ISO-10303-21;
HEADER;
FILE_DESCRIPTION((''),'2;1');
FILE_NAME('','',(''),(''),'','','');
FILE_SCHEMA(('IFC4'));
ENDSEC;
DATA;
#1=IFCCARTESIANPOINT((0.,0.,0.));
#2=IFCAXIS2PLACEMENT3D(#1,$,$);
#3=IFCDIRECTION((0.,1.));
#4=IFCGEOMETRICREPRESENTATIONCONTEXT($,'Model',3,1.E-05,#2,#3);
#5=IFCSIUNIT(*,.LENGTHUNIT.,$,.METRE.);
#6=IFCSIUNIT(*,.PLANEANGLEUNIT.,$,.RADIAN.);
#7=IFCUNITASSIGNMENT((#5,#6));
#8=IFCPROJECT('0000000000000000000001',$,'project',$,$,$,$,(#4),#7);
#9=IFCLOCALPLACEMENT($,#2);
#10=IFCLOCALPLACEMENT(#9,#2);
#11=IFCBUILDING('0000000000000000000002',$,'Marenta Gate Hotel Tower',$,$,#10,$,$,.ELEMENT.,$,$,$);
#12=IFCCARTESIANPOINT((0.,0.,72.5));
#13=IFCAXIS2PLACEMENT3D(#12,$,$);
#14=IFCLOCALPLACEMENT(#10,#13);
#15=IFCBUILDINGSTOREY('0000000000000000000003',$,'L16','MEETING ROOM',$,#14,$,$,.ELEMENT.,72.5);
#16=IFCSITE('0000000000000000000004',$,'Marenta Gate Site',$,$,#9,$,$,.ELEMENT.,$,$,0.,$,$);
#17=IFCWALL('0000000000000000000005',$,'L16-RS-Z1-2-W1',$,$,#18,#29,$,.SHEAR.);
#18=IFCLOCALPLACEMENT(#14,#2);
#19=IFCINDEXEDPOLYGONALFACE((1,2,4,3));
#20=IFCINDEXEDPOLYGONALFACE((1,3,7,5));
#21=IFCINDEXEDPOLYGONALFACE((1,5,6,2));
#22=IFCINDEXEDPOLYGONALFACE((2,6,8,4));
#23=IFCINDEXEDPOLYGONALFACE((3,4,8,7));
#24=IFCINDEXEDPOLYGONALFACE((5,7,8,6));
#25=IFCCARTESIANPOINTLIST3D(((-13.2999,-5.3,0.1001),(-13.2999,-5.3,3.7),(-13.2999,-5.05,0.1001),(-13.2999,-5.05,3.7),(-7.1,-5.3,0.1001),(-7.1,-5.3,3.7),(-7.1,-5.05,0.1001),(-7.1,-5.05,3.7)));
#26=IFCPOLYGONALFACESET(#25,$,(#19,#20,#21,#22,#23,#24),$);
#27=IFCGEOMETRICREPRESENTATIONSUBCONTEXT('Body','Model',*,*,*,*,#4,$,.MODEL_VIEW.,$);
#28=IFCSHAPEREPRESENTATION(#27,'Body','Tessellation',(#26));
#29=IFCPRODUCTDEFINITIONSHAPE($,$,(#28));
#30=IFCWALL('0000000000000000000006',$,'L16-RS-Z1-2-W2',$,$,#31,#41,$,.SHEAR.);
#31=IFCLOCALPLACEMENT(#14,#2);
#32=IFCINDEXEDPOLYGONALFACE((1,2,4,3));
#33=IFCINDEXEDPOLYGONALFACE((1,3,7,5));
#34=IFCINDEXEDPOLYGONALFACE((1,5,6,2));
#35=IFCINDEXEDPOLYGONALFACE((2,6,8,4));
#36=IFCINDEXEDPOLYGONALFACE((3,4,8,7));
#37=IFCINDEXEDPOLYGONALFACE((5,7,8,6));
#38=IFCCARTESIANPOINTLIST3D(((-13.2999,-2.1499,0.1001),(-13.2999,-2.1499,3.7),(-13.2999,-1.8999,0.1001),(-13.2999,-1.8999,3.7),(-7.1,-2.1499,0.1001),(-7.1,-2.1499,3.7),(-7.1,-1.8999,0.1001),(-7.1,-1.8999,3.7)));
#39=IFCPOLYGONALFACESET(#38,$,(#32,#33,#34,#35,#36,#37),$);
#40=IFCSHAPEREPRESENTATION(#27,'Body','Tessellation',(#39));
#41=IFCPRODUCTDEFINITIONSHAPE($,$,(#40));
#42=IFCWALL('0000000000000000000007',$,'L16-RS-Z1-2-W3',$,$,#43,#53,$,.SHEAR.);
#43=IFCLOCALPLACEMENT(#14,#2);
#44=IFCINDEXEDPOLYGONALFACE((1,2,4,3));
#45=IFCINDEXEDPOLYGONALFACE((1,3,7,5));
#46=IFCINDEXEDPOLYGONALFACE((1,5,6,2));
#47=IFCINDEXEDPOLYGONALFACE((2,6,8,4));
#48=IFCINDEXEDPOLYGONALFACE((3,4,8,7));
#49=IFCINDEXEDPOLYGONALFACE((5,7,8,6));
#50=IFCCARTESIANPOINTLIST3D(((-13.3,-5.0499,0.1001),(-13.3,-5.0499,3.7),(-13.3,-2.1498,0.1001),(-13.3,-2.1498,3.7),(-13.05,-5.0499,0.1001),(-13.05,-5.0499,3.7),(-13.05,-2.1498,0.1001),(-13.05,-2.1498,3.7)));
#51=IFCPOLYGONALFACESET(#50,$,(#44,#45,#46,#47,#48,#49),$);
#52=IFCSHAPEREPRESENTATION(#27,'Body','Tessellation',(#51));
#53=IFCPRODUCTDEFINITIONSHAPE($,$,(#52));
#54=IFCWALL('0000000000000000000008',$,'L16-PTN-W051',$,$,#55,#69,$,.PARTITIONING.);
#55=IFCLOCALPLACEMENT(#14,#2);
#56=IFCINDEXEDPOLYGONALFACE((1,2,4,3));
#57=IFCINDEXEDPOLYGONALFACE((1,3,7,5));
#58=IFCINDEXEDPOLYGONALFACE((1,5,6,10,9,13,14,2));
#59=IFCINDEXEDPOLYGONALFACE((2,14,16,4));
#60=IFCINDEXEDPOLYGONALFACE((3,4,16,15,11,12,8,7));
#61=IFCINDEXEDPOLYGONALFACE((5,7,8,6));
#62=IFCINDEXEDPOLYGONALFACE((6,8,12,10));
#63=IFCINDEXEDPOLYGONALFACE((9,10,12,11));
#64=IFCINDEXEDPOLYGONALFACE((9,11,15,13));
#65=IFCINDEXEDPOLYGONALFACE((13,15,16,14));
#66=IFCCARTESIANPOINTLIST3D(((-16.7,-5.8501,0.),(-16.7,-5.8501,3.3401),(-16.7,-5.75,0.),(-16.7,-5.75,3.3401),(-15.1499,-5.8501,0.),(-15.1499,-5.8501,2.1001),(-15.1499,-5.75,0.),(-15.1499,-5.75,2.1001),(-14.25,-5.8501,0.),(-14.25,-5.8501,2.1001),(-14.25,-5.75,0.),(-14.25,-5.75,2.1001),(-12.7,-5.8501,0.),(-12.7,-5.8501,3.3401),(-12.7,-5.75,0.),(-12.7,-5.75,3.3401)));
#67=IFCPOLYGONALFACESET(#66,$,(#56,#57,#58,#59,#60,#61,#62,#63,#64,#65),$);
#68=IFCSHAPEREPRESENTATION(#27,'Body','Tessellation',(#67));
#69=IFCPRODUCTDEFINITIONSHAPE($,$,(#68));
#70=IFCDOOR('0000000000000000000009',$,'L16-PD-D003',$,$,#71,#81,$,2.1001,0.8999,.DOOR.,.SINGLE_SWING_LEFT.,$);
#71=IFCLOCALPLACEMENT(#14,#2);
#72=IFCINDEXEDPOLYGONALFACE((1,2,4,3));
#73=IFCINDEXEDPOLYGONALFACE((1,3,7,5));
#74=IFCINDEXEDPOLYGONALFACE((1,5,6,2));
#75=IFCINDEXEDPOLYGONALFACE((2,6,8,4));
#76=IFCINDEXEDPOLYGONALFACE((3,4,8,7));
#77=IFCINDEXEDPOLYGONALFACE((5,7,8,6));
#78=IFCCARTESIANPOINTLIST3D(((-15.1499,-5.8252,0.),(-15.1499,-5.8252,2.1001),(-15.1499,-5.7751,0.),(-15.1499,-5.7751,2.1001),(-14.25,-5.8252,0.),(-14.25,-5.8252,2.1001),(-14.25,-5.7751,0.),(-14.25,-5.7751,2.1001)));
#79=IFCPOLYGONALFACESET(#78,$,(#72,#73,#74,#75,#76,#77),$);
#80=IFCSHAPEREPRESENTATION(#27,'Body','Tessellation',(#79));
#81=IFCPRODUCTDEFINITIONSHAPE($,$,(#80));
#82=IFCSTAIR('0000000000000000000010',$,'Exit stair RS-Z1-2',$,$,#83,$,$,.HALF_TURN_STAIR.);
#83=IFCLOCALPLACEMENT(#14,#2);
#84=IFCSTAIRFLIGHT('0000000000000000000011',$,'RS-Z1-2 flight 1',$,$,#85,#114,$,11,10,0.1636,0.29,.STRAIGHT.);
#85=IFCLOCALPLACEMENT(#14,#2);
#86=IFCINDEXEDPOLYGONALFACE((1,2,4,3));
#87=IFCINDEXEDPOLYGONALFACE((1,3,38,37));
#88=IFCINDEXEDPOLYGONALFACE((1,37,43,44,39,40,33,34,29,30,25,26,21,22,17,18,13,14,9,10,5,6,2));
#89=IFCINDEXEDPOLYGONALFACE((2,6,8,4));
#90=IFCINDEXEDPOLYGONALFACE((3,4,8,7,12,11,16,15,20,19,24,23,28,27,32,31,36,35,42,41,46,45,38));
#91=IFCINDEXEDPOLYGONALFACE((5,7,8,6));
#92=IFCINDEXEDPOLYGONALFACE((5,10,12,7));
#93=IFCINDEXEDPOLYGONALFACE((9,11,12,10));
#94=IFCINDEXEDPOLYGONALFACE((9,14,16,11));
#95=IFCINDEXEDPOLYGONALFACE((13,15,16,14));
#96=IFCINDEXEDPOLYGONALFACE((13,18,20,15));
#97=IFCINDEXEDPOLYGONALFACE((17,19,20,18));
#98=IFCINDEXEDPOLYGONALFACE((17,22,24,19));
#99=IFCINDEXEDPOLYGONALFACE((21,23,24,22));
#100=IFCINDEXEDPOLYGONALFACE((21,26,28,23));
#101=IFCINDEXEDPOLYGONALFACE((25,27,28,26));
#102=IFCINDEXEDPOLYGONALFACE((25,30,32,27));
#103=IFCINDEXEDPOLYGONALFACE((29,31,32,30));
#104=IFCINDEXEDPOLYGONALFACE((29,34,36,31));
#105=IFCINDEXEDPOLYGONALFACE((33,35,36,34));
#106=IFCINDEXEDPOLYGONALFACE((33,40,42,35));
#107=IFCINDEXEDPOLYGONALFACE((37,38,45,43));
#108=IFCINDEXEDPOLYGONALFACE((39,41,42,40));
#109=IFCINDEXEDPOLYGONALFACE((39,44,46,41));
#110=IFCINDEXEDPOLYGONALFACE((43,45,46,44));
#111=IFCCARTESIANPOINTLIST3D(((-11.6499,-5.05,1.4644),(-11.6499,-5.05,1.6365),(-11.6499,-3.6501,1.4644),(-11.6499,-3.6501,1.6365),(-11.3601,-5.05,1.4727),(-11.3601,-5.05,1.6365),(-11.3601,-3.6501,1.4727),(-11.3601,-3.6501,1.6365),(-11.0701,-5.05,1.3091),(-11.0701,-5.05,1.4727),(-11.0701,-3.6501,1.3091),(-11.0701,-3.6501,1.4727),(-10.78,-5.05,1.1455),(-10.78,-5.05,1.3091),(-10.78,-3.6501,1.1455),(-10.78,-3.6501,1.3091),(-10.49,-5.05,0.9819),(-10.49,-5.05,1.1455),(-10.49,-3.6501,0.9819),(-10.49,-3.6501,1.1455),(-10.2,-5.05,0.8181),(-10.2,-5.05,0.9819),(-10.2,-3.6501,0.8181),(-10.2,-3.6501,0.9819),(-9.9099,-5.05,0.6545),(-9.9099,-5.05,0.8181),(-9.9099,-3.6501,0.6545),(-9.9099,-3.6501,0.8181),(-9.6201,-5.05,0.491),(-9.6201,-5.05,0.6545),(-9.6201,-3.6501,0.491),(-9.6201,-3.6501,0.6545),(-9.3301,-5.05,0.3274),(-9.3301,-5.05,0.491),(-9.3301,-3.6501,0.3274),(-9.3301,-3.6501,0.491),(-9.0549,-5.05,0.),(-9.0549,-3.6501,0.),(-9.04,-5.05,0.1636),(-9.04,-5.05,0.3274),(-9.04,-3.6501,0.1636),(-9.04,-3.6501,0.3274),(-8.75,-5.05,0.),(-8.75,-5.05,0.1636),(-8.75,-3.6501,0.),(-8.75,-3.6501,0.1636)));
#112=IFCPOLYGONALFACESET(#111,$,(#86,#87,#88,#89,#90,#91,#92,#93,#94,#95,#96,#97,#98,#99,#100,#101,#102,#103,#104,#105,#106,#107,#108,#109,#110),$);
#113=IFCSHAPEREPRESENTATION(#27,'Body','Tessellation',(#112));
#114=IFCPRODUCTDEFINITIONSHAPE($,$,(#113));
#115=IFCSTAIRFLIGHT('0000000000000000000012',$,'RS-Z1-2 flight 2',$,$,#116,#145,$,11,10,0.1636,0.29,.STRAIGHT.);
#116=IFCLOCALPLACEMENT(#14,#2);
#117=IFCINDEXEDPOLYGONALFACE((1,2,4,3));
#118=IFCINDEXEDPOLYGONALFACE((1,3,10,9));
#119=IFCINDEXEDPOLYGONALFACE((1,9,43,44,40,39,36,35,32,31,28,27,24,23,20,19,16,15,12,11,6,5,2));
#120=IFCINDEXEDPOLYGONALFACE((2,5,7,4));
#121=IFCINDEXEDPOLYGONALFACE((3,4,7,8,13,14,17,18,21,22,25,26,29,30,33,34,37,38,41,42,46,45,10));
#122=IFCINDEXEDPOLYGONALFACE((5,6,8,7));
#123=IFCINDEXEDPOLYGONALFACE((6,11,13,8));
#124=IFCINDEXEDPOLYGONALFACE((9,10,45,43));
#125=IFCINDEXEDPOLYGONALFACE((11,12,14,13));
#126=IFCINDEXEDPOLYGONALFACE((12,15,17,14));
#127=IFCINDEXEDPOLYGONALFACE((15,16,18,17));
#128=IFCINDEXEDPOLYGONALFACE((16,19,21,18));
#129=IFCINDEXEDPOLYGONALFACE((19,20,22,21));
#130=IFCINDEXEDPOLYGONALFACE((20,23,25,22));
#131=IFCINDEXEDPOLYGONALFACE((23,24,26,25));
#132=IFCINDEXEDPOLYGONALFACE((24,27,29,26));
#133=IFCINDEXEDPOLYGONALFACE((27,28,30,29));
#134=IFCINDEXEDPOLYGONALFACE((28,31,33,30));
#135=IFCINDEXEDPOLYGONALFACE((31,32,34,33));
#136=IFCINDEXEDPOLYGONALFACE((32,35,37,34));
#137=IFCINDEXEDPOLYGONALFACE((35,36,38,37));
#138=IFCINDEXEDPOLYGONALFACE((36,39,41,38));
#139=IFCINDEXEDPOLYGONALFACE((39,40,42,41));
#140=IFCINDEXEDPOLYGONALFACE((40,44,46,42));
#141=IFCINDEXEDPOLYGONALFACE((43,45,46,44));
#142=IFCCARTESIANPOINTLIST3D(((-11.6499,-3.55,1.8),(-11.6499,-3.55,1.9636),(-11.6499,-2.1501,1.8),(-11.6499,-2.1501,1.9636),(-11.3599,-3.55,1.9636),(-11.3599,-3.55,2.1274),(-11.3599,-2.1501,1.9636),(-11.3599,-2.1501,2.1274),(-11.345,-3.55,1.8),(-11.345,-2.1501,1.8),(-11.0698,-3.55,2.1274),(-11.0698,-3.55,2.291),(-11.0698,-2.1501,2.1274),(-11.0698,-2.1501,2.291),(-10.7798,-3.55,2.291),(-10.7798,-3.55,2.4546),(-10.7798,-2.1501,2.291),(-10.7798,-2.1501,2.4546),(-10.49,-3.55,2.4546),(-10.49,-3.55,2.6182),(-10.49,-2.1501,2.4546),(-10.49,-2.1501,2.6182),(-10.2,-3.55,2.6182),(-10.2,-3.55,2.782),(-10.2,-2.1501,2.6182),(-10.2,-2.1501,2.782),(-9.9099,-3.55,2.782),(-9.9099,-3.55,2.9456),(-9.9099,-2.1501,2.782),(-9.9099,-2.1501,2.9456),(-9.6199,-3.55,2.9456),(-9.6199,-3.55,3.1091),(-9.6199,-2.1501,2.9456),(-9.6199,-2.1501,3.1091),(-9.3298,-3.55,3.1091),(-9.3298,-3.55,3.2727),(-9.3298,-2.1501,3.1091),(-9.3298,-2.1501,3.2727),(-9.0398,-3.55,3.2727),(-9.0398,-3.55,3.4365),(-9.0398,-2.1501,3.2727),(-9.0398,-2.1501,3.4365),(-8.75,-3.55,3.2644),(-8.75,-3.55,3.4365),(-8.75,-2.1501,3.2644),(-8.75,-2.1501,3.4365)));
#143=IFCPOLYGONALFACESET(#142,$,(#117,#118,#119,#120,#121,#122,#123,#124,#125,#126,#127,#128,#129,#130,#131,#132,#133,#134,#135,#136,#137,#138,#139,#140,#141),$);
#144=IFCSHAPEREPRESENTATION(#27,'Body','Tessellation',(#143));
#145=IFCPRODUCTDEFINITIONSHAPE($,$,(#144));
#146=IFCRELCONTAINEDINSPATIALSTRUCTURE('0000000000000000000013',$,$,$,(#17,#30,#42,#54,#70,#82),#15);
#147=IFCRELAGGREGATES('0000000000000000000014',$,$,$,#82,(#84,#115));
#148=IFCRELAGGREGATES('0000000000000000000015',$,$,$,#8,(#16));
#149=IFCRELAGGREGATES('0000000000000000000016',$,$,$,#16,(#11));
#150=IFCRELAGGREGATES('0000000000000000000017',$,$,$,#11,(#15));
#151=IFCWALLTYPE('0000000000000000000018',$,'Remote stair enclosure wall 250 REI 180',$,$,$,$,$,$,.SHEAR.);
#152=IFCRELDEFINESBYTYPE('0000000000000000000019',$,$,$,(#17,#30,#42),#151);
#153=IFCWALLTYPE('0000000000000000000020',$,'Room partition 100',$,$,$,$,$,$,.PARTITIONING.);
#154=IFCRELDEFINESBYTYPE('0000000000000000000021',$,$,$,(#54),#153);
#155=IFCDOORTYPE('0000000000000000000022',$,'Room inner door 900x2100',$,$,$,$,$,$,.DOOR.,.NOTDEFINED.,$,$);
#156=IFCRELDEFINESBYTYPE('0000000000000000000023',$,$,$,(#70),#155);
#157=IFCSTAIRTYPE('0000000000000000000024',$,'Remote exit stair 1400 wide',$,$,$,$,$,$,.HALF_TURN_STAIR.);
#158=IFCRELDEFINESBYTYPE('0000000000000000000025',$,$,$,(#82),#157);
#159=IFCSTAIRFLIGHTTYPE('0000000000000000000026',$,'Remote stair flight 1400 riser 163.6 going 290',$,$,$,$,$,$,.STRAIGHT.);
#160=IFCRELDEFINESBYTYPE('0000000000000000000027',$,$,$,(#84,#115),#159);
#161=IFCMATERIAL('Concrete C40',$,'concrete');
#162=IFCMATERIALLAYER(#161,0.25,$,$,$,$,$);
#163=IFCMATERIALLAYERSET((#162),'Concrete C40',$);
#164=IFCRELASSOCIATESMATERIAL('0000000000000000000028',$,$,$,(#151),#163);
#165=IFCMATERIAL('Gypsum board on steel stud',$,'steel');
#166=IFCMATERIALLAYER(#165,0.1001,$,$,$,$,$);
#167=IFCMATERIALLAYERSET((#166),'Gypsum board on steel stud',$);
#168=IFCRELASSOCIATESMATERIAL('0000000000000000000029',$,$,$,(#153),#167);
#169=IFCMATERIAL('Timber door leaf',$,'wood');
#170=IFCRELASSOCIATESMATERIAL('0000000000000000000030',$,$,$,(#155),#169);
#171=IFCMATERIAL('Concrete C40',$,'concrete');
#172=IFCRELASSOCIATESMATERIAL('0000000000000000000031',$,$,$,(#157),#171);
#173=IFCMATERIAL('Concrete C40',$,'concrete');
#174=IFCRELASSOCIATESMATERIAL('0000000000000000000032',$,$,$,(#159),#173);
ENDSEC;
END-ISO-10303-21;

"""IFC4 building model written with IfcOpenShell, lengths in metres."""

from ifc_helpers import new_model, si_unit, direction, frame, frame_2d, origin, place, context, subcontext, project, spatial, polyline, rectangle, outline, extrude, material, layer, layer_set, type_object, element, fill, aggregate, save


model = new_model("IFC4")

# Units and contexts
model_context = context("Model", 3, precision=1e-05, world=origin(), true_north=direction((0.0, 1.0)))
body_context = subcontext(model_context, "Body", "Model", "MODEL_VIEW")
ifc_project = project(units=[si_unit("LENGTHUNIT", "METRE"), si_unit("PLANEANGLEUNIT", "RADIAN")], contexts=[model_context])

# Site, building, storey
site_placement = place(None, origin())
site = spatial("IfcSite", under=ifc_project, at=site_placement, Name="Marenta Gate Site", CompositionType="ELEMENT", RefElevation=0.0)
building_placement = place(site_placement, origin())
building = spatial("IfcBuilding", under=site, at=building_placement, Name="Marenta Gate Hotel Tower", CompositionType="ELEMENT")
storey_placement = place(building_placement, frame((0.0, 0.0, 72.5)))
storey = spatial("IfcBuildingStorey", under=building, at=storey_placement, Name="L16", Description="MEETING ROOM", CompositionType="ELEMENT", Elevation=72.5)

# Walls
ifc_material_1 = material(Name="Concrete C40", Category="concrete")
ifc_layer_1 = layer(ifc_material_1, 0.25)
ifc_layer_set_1 = layer_set([ifc_layer_1], Name="Concrete C40")
wall_type_1 = type_object("IfcWallType", Name="Remote stair enclosure wall 250 REI 180", PredefinedType="SHEAR", material=ifc_layer_set_1)
for number, where, z_axis, x_axis, name in (
    (1, (-13.3, -5.175, 0.1001), (0.0, 0.0, 1.0), (1.0, 0.0, 0.0), "L16-RS-Z1-2-W1"),
    (2, (-13.3, -2.0249, 0.1001), (0.0, 0.0, 1.0), (1.0, 0.0, 0.0), "L16-RS-Z1-2-W2"),
):
    element("IfcWall", number, at=place(storey_placement, frame(where, z_axis=z_axis, x_axis=x_axis)), inside=storey, type_object=wall_type_1, Name=name, PredefinedType="SHEAR", context=body_context, shape_type="SweptSolid", body=[
        extrude(rectangle(XDim=6.2, YDim=0.25, at=frame_2d((3.1001, 0.0))), origin(), (0.0, 0.0, 1.0), 3.5999),
    ])
wall_1_placement = place(storey_placement, frame((-13.175, -5.05, 0.1001), z_axis=(0.0, 0.0, 1.0), x_axis=(0.0, 1.0, 0.0)))
element("IfcWall", 3, at=wall_1_placement, inside=storey, type_object=wall_type_1, Name="L16-RS-Z1-2-W3", PredefinedType="SHEAR", context=body_context, shape_type="SweptSolid", body=[
    extrude(rectangle(XDim=2.9001, YDim=0.25, at=frame_2d((1.4502, 0.0))), origin(), (0.0, 0.0, 1.0), 3.5999),
])

# Wall, opening, door
ifc_material_2 = material(Name="Gypsum board on steel stud", Category="steel")
ifc_layer_2 = layer(ifc_material_2, 0.1001)
ifc_layer_set_2 = layer_set([ifc_layer_2], Name="Gypsum board on steel stud")
wall_type_2 = type_object("IfcWallType", Name="Room partition 100", PredefinedType="PARTITIONING", material=ifc_layer_set_2)
wall_2_placement = place(storey_placement, frame((-16.7, -5.8, 0.0), z_axis=(0.0, 0.0, 1.0), x_axis=(1.0, 0.0, 0.0)))
wall_2 = element("IfcWall", 4, at=wall_2_placement, inside=storey, type_object=wall_type_2, Name="L16-PTN-W051", PredefinedType="PARTITIONING", context=body_context, shape_type="SweptSolid", body=[
    extrude(rectangle(XDim=4.0, YDim=0.1001, at=frame_2d((2.0, 0.0))), origin(), (0.0, 0.0, 1.0), 3.3401),
])
opening_1_placement = place(wall_2_placement, frame((1.55, 0.0, 0.0)))
opening_1 = element("IfcOpeningElement", 5, at=opening_1_placement, cuts=wall_2, PredefinedType="OPENING", context=body_context, shape_type="SweptSolid", body=[
    extrude(rectangle(XDim=0.8999, YDim=2.1001, at=frame_2d((0.45, 1.05))), frame((0.0, 0.05, 0.0), z_axis=(0.0, -1.0, 0.0), x_axis=(1.0, 0.0, 0.0)), (0.0, 0.0, 1.0), 0.1001),
])
ifc_material_3 = material(Name="Timber door leaf", Category="wood")
door_type_1 = type_object("IfcDoorType", Name="Room inner door 900x2100", OperationType="NOTDEFINED", PredefinedType="DOOR", material=ifc_material_3)
door_1_placement = place(opening_1_placement, origin())
door_1 = element("IfcDoor", 6, at=door_1_placement, inside=storey, type_object=door_type_1, Name="L16-PD-D003", OperationType="SINGLE_SWING_LEFT", OverallHeight=2.1001, OverallWidth=0.8999, PredefinedType="DOOR", context=body_context, shape_type="SweptSolid", body=[
    extrude(rectangle(XDim=0.8999, YDim=2.1001, at=frame_2d((0.45, 1.05))), frame((0.0, 0.0249, 0.0), z_axis=(0.0, -1.0, 0.0), x_axis=(1.0, 0.0, 0.0)), (0.0, 0.0, 1.0), 0.05),
])
fill(opening_1, door_1)

# Stair, stair flights
ifc_material_4 = material(Name="Concrete C40", Category="concrete")
stair_type = type_object("IfcStairType", Name="Remote exit stair 1400 wide", PredefinedType="HALF_TURN_STAIR", material=ifc_material_4)
stair_placement = place(storey_placement, origin())
stair = element("IfcStair", 7, at=stair_placement, inside=storey, type_object=stair_type, Name="Exit stair RS-Z1-2", PredefinedType="HALF_TURN_STAIR")
ifc_material_5 = material(Name="Concrete C40", Category="concrete")
stair_flight_type = type_object("IfcStairFlightType", Name="Remote stair flight 1400 riser 163.6 going 290", PredefinedType="STRAIGHT", material=ifc_material_5)
stair_flight_1_placement = place(storey_placement, frame((-8.75, -4.3501, 0.0), z_axis=(0.0, 0.0, 1.0), x_axis=(-1.0, 0.0, 0.0)))
stair_flight_1 = element("IfcStairFlight", 8, at=stair_flight_1_placement, type_object=stair_flight_type, Name="RS-Z1-2 flight 1", NumberOfRisers=11, NumberOfTreads=10, PredefinedType="STRAIGHT", RiserHeight=0.1636, TreadLength=0.29, context=body_context, shape_type="SweptSolid", body=[
    extrude(outline(polyline([(0.0, 0.0), (0.0, 0.1636), (0.29, 0.1636), (0.29, 0.3274), (0.5801, 0.3274), (0.5801, 0.491), (0.8701, 0.491), (0.8701, 0.6545), (1.1599, 0.6545), (1.1599, 0.8181), (1.45, 0.8181), (1.45, 0.9819), (1.74, 0.9819), (1.74, 1.1455), (2.03, 1.1455), (2.03, 1.3091), (2.3201, 1.3091), (2.3201, 1.4727), (2.6101, 1.4727), (2.6101, 1.6365), (2.8999, 1.6365), (2.8999, 1.8), (2.8999, 1.4644), (0.3049, 0.0), (0.0, 0.0)])), frame((0.0, 0.7, 0.0), z_axis=(0.0, -1.0, 0.0), x_axis=(1.0, 0.0, 0.0)), (0.0, 0.0, 1.0), 1.3999),
])
stair_flight_2_placement = place(storey_placement, frame((-11.6499, -2.8501, 1.8), z_axis=(0.0, 0.0, 1.0), x_axis=(1.0, 0.0, 0.0)))
stair_flight_2 = element("IfcStairFlight", 9, at=stair_flight_2_placement, type_object=stair_flight_type, Name="RS-Z1-2 flight 2", NumberOfRisers=11, NumberOfTreads=10, PredefinedType="STRAIGHT", RiserHeight=0.1636, TreadLength=0.29, context=body_context, shape_type="SweptSolid", body=[
    extrude(outline(polyline([(0.0, 0.0), (0.0, 0.1636), (0.29, 0.1636), (0.29, 0.3274), (0.5801, 0.3274), (0.5801, 0.491), (0.8701, 0.491), (0.8701, 0.6545), (1.1599, 0.6545), (1.1599, 0.8181), (1.45, 0.8181), (1.45, 0.9819), (1.74, 0.9819), (1.74, 1.1455), (2.03, 1.1455), (2.03, 1.3091), (2.3201, 1.3091), (2.3201, 1.4727), (2.6101, 1.4727), (2.6101, 1.6365), (2.8999, 1.6365), (2.8999, 1.8), (2.8999, 1.4644), (0.3049, 0.0), (0.0, 0.0)])), frame((0.0, 0.7, 0.0), z_axis=(0.0, -1.0, 0.0), x_axis=(1.0, 0.0, 0.0)), (0.0, 0.0, 1.0), 1.3999),
])
aggregate(stair, [stair_flight_1, stair_flight_2])

save(model, "model.ifc")
